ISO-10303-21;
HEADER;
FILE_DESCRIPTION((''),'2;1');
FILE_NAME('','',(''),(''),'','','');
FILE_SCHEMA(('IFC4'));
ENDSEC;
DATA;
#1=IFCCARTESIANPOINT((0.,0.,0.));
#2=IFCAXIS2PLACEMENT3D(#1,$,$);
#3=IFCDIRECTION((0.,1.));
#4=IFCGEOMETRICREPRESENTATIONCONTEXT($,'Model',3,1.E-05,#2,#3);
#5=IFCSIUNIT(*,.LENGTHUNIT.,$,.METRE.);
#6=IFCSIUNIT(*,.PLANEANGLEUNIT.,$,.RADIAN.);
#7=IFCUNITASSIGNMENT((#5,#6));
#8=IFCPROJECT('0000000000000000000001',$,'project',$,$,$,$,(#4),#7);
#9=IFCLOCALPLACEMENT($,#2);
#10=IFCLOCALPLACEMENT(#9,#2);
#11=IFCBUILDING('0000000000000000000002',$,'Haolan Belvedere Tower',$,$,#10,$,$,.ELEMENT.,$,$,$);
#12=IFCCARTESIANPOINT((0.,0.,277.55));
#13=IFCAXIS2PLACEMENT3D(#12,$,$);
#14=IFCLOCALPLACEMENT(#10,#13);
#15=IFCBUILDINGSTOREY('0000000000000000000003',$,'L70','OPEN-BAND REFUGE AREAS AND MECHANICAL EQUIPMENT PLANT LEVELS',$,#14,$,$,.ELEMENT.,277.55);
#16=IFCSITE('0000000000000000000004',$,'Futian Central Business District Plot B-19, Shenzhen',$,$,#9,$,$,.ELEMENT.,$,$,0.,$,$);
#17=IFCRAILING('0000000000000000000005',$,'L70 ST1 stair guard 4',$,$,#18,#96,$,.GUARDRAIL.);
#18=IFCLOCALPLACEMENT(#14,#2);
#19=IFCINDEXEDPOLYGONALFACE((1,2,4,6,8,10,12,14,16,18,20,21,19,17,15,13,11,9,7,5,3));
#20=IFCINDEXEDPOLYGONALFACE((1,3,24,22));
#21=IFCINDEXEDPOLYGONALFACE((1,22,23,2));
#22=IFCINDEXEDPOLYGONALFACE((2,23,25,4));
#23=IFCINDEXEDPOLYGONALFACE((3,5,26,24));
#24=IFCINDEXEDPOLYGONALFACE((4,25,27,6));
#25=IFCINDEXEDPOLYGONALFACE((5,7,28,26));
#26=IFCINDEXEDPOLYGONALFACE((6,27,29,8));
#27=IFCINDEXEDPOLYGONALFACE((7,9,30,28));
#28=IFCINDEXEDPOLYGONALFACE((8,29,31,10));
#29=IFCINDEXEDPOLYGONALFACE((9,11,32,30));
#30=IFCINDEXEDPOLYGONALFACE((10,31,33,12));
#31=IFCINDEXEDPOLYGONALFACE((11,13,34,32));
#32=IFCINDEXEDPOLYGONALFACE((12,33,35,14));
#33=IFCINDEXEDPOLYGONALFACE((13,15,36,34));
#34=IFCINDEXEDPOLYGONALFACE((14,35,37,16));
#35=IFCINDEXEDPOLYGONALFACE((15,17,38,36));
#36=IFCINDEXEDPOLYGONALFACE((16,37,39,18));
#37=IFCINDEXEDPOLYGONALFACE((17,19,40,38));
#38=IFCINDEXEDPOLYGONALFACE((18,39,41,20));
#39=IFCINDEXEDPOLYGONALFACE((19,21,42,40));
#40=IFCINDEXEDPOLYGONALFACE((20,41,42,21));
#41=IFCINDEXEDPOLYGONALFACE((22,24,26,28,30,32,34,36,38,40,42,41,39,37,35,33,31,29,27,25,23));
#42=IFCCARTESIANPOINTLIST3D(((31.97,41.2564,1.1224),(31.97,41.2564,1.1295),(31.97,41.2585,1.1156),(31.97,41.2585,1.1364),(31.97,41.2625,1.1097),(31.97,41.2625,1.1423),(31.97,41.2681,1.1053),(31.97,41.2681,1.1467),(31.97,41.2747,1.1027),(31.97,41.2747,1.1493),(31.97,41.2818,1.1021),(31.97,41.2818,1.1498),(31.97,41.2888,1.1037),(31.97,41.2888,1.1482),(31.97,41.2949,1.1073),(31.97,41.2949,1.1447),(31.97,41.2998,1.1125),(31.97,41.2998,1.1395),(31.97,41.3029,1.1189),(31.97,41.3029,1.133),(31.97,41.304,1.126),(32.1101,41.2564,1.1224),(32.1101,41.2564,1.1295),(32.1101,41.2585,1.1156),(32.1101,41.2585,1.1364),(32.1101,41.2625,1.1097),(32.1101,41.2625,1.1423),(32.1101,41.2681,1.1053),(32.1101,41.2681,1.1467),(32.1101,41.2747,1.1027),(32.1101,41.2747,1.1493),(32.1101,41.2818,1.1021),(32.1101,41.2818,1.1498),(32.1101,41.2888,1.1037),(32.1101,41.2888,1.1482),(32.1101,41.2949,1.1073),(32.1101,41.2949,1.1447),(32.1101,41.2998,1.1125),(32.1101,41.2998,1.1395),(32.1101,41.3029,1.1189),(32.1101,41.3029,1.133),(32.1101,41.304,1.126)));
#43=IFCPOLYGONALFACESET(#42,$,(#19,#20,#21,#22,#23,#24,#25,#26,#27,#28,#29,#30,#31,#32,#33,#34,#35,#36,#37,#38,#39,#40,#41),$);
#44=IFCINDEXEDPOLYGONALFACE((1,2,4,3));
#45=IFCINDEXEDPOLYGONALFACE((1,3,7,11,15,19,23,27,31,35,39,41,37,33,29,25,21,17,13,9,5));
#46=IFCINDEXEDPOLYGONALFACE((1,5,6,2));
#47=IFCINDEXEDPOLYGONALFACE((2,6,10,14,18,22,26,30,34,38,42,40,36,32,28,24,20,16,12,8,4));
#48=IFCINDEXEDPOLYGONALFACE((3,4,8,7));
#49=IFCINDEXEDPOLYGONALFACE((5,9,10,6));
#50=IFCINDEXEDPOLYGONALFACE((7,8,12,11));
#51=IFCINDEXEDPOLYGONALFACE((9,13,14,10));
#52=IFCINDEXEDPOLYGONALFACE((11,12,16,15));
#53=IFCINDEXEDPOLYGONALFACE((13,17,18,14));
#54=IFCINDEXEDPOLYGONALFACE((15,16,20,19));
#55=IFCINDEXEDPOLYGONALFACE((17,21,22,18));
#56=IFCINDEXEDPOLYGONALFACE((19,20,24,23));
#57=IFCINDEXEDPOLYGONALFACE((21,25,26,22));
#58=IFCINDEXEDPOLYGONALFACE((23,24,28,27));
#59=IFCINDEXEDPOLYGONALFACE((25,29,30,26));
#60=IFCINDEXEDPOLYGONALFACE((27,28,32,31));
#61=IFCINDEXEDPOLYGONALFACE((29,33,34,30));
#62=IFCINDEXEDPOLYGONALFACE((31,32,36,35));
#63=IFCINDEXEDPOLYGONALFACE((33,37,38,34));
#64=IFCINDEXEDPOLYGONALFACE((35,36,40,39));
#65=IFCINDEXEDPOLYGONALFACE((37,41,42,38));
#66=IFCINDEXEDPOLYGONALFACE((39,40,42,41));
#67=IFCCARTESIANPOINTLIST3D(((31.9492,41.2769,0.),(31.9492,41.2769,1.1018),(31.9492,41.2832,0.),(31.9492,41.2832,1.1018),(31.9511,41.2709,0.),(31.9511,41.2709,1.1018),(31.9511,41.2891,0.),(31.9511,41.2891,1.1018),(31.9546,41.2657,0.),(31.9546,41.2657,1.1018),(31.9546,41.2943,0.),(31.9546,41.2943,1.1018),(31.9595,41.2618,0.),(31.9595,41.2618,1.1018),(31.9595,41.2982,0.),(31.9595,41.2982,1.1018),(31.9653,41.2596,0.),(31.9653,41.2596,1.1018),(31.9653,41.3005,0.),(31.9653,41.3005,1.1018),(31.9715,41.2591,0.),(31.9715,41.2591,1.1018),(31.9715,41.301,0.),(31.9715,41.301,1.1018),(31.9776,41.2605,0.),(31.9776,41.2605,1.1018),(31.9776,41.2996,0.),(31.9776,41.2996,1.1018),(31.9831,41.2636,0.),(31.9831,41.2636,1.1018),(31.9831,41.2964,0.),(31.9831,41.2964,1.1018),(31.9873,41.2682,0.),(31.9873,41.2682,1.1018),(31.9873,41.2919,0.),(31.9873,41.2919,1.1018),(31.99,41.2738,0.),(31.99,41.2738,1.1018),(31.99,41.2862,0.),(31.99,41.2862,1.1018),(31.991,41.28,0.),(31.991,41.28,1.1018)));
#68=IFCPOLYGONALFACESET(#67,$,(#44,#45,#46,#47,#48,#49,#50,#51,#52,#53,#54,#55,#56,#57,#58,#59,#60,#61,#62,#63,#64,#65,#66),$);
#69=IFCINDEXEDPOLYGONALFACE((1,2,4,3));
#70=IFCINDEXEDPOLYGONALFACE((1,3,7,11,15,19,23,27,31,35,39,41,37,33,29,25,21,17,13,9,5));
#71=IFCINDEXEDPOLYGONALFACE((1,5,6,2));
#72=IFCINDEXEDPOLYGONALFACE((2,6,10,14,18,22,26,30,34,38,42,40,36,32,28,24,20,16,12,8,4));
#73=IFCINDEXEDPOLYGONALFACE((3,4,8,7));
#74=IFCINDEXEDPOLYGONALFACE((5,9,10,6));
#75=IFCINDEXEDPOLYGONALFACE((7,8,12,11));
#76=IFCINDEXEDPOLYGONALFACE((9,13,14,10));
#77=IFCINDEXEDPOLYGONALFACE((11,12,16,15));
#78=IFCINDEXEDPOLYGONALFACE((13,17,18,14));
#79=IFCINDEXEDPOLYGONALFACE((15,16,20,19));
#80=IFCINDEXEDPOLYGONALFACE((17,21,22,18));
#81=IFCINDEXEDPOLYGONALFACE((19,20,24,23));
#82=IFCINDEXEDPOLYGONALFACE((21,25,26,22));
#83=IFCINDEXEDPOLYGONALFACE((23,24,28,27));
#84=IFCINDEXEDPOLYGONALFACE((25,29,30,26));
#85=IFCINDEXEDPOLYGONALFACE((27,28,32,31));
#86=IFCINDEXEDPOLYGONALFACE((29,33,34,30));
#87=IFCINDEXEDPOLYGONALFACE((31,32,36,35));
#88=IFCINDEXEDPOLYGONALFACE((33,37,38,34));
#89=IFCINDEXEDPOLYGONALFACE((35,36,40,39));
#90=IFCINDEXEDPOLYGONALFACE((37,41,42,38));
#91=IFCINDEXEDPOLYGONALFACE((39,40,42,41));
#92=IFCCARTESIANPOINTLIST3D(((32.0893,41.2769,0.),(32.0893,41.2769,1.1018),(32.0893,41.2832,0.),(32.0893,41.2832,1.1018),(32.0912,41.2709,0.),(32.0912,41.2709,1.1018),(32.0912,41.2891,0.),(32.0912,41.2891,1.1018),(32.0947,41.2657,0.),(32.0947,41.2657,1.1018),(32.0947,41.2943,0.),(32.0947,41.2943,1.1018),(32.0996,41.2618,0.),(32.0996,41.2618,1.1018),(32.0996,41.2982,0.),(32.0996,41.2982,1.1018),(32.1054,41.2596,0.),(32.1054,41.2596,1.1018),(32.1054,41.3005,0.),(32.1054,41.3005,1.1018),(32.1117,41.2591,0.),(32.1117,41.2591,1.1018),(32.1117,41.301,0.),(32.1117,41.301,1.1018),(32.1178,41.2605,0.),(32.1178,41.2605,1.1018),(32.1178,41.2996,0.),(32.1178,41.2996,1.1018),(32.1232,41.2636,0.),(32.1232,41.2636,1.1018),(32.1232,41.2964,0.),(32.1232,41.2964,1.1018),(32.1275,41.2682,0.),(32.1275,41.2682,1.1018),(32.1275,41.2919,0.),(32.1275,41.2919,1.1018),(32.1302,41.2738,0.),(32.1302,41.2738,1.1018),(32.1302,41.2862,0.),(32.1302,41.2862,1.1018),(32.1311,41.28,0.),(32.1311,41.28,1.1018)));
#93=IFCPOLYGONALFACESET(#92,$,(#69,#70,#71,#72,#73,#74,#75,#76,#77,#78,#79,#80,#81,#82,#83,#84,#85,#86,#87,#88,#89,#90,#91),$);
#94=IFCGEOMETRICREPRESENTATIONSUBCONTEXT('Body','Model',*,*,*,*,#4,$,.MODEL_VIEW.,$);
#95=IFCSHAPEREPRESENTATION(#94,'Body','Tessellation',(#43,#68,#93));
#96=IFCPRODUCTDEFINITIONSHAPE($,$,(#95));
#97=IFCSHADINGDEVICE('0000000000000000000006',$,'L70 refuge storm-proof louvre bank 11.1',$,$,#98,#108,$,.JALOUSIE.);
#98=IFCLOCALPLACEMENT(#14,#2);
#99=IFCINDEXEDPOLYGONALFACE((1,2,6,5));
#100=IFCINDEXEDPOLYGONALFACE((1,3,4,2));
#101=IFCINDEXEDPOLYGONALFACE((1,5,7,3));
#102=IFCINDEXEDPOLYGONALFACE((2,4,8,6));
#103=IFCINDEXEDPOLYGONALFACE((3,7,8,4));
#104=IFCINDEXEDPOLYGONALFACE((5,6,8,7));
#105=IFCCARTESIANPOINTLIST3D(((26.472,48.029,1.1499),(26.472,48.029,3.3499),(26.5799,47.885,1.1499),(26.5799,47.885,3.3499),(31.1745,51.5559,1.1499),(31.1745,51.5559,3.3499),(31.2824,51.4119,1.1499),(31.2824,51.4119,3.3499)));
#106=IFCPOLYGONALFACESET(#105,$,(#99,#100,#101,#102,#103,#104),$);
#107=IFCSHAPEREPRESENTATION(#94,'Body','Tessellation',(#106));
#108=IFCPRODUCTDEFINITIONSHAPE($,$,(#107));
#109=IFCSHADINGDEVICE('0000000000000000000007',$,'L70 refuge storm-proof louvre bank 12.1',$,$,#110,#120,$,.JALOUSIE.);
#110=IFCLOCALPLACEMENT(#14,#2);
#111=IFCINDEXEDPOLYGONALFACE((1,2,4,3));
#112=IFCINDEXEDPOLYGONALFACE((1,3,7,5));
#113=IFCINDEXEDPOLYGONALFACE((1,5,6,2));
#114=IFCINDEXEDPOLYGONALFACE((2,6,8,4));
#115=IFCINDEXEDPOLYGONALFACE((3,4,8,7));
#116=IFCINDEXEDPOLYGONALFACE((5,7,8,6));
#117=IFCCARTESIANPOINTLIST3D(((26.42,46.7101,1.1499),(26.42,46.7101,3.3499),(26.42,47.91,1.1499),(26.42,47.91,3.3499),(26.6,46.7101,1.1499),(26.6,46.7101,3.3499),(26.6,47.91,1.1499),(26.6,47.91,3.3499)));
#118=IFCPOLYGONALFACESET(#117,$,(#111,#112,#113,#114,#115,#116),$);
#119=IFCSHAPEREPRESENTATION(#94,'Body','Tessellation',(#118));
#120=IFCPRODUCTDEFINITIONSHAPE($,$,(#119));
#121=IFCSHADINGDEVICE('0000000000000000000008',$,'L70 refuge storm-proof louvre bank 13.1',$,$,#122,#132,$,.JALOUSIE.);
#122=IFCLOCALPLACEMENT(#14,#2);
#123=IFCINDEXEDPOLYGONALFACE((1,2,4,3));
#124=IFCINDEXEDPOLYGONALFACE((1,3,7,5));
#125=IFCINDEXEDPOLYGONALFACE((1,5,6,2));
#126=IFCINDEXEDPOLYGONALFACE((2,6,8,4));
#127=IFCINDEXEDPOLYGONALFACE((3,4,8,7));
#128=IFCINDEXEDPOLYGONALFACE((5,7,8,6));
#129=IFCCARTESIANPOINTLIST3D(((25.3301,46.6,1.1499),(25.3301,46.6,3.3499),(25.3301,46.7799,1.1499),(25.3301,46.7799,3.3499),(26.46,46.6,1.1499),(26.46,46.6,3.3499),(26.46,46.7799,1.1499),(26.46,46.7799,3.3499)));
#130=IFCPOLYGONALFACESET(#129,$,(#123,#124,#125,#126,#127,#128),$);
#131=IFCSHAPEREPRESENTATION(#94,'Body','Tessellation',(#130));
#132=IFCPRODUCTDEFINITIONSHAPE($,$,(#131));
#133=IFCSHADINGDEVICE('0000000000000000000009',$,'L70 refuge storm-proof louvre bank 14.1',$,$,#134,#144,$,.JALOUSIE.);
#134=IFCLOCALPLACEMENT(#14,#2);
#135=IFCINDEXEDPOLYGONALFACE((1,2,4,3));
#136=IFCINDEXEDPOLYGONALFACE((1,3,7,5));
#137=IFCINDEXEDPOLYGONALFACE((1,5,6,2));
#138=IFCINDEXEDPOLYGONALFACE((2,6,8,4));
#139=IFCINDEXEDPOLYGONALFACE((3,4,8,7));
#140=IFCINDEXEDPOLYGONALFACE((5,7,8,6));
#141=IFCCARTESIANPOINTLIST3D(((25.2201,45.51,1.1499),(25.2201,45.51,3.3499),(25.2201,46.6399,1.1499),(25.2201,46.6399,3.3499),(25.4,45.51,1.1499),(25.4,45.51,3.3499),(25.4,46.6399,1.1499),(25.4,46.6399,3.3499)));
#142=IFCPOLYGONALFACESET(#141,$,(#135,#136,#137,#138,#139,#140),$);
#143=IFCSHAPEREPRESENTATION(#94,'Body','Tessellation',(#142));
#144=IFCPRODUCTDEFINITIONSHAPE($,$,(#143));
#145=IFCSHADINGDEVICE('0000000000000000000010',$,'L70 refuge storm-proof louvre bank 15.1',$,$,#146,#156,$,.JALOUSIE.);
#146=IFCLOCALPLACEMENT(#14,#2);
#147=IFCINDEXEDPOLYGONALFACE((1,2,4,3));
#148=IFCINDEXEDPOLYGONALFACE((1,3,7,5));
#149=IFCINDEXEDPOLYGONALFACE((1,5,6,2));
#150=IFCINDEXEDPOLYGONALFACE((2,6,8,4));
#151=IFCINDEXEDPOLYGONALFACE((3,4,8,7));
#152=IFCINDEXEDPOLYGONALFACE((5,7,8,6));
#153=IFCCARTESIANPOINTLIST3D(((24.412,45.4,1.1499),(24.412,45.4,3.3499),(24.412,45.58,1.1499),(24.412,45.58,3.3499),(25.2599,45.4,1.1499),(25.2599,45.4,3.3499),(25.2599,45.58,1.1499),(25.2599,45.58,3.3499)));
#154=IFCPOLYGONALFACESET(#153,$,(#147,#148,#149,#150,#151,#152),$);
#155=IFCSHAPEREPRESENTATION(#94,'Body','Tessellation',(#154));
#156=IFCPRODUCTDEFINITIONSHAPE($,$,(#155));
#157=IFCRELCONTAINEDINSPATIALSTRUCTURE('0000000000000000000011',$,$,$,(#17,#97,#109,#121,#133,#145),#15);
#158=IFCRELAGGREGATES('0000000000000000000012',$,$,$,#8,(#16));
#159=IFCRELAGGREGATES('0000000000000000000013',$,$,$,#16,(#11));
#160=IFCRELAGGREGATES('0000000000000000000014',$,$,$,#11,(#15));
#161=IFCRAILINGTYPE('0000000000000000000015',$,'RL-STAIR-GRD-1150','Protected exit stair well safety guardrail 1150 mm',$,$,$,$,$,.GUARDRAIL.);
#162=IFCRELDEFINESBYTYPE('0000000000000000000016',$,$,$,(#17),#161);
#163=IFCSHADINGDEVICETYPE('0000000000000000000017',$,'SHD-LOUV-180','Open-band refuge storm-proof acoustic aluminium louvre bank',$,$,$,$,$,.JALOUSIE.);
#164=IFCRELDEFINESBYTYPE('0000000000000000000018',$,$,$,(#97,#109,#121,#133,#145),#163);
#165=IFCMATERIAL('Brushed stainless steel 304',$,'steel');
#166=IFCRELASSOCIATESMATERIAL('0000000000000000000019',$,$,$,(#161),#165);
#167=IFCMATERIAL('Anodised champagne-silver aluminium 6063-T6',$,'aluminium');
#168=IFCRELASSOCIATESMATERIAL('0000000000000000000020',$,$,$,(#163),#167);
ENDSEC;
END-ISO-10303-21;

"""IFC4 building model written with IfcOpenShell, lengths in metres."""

from ifc_helpers import new_model, si_unit, direction, frame, origin, origin_2d, place, context, subcontext, project, spatial, rectangle, circle, extrude, material, type_object, element, save


model = new_model("IFC4")

# Units and contexts
model_context = context("Model", 3, precision=1e-05, world=origin(), true_north=direction((0.0, 1.0)))
body_context = subcontext(model_context, "Body", "Model", "MODEL_VIEW")
ifc_project = project(units=[si_unit("LENGTHUNIT", "METRE"), si_unit("PLANEANGLEUNIT", "RADIAN")], contexts=[model_context])

# Site, building, storey
site_placement = place(None, origin())
site = spatial("IfcSite", under=ifc_project, at=site_placement, Name="Futian Central Business District Plot B-19, Shenzhen", CompositionType="ELEMENT", RefElevation=0.0)
building_placement = place(site_placement, origin())
building = spatial("IfcBuilding", under=site, at=building_placement, Name="Haolan Belvedere Tower", CompositionType="ELEMENT")
storey_placement = place(building_placement, frame((0.0, 0.0, 277.55)))
storey = spatial("IfcBuildingStorey", under=building, at=storey_placement, Name="L70", Description="OPEN-BAND REFUGE AREAS AND MECHANICAL EQUIPMENT PLANT LEVELS", CompositionType="ELEMENT", Elevation=277.55)

# Railing
ifc_material_1 = material(Name="Brushed stainless steel 304", Category="steel")
railing_type = type_object("IfcRailingType", Name="RL-STAIR-GRD-1150", Description="Protected exit stair well safety guardrail 1150 mm", PredefinedType="GUARDRAIL", material=ifc_material_1)
railing_1_placement = place(storey_placement, frame((31.97, 41.28, 0.0)))
element("IfcRailing", 1, at=railing_1_placement, inside=storey, type_object=railing_type, Name="L70 ST1 stair guard 4", PredefinedType="GUARDRAIL", context=body_context, shape_type="SweptSolid", body=[
    extrude(circle(Radius=0.0239, at=origin_2d()), frame((0.0, 0.0, 1.126), z_axis=(1.0, 0.0, 0.0), x_axis=(0.0, 1.0, 0.0)), (0.0, 0.0, 1.0), 0.1401),
    extrude(circle(Radius=0.021, at=origin_2d()), origin(), (0.0, 0.0, 1.0), 1.1018),
    extrude(circle(Radius=0.021, at=origin_2d()), frame((0.1401, 0.0, 0.0)), (0.0, 0.0, 1.0), 1.1018),
])

# Shading devices
ifc_material_2 = material(Name="Anodised champagne-silver aluminium 6063-T6", Category="aluminium")
shading_device_type = type_object("IfcShadingDeviceType", Name="SHD-LOUV-180", Description="Open-band refuge storm-proof acoustic aluminium louvre bank", PredefinedType="JALOUSIE", material=ifc_material_2)
shading_device_1_placement = place(storey_placement, frame((28.8772, 49.7205, 1.1499), z_axis=(0.0, 0.0, 1.0), x_axis=(-0.799999, -0.600001, 0.0)))
element("IfcShadingDevice", 2, at=shading_device_1_placement, inside=storey, type_object=shading_device_type, Name="L70 refuge storm-proof louvre bank 11.1", PredefinedType="JALOUSIE", context=body_context, shape_type="SweptSolid", body=[
    extrude(rectangle(XDim=5.8782, YDim=0.1799, at=origin_2d()), origin(), (0.0, 0.0, 1.0), 2.2),
])
shading_device_2_placement = place(storey_placement, frame((26.51, 47.3101, 1.1499), z_axis=(0.0, 0.0, 1.0), x_axis=(0.0, -1.0, 0.0)))
element("IfcShadingDevice", 3, at=shading_device_2_placement, inside=storey, type_object=shading_device_type, Name="L70 refuge storm-proof louvre bank 12.1", PredefinedType="JALOUSIE", context=body_context, shape_type="SweptSolid", body=[
    extrude(rectangle(XDim=1.2, YDim=0.1799, at=origin_2d()), origin(), (0.0, 0.0, 1.0), 2.2),
])
for number, where, z_axis, x_axis, name in (
    (4, (25.895, 46.6899, 1.1499), (0.0, 0.0, 1.0), (-1.0, 0.0, 0.0), "L70 refuge storm-proof louvre bank 13.1"),
    (5, (25.3101, 46.075, 1.1499), (0.0, 0.0, 1.0), (0.0, -1.0, 0.0), "L70 refuge storm-proof louvre bank 14.1"),
):
    element("IfcShadingDevice", number, at=place(storey_placement, frame(where, z_axis=z_axis, x_axis=x_axis)), inside=storey, type_object=shading_device_type, Name=name, PredefinedType="JALOUSIE", context=body_context, shape_type="SweptSolid", body=[
        extrude(rectangle(XDim=1.1299, YDim=0.1799, at=origin_2d()), origin(), (0.0, 0.0, 1.0), 2.2),
    ])
shading_device_3_placement = place(storey_placement, frame((24.8359, 45.49, 1.1499), z_axis=(0.0, 0.0, 1.0), x_axis=(-1.0, 0.0, 0.0)))
element("IfcShadingDevice", 6, at=shading_device_3_placement, inside=storey, type_object=shading_device_type, Name="L70 refuge storm-proof louvre bank 15.1", PredefinedType="JALOUSIE", context=body_context, shape_type="SweptSolid", body=[
    extrude(rectangle(XDim=0.8479, YDim=0.1799, at=origin_2d()), origin(), (0.0, 0.0, 1.0), 2.2),
])

save(model, "model.ifc")
